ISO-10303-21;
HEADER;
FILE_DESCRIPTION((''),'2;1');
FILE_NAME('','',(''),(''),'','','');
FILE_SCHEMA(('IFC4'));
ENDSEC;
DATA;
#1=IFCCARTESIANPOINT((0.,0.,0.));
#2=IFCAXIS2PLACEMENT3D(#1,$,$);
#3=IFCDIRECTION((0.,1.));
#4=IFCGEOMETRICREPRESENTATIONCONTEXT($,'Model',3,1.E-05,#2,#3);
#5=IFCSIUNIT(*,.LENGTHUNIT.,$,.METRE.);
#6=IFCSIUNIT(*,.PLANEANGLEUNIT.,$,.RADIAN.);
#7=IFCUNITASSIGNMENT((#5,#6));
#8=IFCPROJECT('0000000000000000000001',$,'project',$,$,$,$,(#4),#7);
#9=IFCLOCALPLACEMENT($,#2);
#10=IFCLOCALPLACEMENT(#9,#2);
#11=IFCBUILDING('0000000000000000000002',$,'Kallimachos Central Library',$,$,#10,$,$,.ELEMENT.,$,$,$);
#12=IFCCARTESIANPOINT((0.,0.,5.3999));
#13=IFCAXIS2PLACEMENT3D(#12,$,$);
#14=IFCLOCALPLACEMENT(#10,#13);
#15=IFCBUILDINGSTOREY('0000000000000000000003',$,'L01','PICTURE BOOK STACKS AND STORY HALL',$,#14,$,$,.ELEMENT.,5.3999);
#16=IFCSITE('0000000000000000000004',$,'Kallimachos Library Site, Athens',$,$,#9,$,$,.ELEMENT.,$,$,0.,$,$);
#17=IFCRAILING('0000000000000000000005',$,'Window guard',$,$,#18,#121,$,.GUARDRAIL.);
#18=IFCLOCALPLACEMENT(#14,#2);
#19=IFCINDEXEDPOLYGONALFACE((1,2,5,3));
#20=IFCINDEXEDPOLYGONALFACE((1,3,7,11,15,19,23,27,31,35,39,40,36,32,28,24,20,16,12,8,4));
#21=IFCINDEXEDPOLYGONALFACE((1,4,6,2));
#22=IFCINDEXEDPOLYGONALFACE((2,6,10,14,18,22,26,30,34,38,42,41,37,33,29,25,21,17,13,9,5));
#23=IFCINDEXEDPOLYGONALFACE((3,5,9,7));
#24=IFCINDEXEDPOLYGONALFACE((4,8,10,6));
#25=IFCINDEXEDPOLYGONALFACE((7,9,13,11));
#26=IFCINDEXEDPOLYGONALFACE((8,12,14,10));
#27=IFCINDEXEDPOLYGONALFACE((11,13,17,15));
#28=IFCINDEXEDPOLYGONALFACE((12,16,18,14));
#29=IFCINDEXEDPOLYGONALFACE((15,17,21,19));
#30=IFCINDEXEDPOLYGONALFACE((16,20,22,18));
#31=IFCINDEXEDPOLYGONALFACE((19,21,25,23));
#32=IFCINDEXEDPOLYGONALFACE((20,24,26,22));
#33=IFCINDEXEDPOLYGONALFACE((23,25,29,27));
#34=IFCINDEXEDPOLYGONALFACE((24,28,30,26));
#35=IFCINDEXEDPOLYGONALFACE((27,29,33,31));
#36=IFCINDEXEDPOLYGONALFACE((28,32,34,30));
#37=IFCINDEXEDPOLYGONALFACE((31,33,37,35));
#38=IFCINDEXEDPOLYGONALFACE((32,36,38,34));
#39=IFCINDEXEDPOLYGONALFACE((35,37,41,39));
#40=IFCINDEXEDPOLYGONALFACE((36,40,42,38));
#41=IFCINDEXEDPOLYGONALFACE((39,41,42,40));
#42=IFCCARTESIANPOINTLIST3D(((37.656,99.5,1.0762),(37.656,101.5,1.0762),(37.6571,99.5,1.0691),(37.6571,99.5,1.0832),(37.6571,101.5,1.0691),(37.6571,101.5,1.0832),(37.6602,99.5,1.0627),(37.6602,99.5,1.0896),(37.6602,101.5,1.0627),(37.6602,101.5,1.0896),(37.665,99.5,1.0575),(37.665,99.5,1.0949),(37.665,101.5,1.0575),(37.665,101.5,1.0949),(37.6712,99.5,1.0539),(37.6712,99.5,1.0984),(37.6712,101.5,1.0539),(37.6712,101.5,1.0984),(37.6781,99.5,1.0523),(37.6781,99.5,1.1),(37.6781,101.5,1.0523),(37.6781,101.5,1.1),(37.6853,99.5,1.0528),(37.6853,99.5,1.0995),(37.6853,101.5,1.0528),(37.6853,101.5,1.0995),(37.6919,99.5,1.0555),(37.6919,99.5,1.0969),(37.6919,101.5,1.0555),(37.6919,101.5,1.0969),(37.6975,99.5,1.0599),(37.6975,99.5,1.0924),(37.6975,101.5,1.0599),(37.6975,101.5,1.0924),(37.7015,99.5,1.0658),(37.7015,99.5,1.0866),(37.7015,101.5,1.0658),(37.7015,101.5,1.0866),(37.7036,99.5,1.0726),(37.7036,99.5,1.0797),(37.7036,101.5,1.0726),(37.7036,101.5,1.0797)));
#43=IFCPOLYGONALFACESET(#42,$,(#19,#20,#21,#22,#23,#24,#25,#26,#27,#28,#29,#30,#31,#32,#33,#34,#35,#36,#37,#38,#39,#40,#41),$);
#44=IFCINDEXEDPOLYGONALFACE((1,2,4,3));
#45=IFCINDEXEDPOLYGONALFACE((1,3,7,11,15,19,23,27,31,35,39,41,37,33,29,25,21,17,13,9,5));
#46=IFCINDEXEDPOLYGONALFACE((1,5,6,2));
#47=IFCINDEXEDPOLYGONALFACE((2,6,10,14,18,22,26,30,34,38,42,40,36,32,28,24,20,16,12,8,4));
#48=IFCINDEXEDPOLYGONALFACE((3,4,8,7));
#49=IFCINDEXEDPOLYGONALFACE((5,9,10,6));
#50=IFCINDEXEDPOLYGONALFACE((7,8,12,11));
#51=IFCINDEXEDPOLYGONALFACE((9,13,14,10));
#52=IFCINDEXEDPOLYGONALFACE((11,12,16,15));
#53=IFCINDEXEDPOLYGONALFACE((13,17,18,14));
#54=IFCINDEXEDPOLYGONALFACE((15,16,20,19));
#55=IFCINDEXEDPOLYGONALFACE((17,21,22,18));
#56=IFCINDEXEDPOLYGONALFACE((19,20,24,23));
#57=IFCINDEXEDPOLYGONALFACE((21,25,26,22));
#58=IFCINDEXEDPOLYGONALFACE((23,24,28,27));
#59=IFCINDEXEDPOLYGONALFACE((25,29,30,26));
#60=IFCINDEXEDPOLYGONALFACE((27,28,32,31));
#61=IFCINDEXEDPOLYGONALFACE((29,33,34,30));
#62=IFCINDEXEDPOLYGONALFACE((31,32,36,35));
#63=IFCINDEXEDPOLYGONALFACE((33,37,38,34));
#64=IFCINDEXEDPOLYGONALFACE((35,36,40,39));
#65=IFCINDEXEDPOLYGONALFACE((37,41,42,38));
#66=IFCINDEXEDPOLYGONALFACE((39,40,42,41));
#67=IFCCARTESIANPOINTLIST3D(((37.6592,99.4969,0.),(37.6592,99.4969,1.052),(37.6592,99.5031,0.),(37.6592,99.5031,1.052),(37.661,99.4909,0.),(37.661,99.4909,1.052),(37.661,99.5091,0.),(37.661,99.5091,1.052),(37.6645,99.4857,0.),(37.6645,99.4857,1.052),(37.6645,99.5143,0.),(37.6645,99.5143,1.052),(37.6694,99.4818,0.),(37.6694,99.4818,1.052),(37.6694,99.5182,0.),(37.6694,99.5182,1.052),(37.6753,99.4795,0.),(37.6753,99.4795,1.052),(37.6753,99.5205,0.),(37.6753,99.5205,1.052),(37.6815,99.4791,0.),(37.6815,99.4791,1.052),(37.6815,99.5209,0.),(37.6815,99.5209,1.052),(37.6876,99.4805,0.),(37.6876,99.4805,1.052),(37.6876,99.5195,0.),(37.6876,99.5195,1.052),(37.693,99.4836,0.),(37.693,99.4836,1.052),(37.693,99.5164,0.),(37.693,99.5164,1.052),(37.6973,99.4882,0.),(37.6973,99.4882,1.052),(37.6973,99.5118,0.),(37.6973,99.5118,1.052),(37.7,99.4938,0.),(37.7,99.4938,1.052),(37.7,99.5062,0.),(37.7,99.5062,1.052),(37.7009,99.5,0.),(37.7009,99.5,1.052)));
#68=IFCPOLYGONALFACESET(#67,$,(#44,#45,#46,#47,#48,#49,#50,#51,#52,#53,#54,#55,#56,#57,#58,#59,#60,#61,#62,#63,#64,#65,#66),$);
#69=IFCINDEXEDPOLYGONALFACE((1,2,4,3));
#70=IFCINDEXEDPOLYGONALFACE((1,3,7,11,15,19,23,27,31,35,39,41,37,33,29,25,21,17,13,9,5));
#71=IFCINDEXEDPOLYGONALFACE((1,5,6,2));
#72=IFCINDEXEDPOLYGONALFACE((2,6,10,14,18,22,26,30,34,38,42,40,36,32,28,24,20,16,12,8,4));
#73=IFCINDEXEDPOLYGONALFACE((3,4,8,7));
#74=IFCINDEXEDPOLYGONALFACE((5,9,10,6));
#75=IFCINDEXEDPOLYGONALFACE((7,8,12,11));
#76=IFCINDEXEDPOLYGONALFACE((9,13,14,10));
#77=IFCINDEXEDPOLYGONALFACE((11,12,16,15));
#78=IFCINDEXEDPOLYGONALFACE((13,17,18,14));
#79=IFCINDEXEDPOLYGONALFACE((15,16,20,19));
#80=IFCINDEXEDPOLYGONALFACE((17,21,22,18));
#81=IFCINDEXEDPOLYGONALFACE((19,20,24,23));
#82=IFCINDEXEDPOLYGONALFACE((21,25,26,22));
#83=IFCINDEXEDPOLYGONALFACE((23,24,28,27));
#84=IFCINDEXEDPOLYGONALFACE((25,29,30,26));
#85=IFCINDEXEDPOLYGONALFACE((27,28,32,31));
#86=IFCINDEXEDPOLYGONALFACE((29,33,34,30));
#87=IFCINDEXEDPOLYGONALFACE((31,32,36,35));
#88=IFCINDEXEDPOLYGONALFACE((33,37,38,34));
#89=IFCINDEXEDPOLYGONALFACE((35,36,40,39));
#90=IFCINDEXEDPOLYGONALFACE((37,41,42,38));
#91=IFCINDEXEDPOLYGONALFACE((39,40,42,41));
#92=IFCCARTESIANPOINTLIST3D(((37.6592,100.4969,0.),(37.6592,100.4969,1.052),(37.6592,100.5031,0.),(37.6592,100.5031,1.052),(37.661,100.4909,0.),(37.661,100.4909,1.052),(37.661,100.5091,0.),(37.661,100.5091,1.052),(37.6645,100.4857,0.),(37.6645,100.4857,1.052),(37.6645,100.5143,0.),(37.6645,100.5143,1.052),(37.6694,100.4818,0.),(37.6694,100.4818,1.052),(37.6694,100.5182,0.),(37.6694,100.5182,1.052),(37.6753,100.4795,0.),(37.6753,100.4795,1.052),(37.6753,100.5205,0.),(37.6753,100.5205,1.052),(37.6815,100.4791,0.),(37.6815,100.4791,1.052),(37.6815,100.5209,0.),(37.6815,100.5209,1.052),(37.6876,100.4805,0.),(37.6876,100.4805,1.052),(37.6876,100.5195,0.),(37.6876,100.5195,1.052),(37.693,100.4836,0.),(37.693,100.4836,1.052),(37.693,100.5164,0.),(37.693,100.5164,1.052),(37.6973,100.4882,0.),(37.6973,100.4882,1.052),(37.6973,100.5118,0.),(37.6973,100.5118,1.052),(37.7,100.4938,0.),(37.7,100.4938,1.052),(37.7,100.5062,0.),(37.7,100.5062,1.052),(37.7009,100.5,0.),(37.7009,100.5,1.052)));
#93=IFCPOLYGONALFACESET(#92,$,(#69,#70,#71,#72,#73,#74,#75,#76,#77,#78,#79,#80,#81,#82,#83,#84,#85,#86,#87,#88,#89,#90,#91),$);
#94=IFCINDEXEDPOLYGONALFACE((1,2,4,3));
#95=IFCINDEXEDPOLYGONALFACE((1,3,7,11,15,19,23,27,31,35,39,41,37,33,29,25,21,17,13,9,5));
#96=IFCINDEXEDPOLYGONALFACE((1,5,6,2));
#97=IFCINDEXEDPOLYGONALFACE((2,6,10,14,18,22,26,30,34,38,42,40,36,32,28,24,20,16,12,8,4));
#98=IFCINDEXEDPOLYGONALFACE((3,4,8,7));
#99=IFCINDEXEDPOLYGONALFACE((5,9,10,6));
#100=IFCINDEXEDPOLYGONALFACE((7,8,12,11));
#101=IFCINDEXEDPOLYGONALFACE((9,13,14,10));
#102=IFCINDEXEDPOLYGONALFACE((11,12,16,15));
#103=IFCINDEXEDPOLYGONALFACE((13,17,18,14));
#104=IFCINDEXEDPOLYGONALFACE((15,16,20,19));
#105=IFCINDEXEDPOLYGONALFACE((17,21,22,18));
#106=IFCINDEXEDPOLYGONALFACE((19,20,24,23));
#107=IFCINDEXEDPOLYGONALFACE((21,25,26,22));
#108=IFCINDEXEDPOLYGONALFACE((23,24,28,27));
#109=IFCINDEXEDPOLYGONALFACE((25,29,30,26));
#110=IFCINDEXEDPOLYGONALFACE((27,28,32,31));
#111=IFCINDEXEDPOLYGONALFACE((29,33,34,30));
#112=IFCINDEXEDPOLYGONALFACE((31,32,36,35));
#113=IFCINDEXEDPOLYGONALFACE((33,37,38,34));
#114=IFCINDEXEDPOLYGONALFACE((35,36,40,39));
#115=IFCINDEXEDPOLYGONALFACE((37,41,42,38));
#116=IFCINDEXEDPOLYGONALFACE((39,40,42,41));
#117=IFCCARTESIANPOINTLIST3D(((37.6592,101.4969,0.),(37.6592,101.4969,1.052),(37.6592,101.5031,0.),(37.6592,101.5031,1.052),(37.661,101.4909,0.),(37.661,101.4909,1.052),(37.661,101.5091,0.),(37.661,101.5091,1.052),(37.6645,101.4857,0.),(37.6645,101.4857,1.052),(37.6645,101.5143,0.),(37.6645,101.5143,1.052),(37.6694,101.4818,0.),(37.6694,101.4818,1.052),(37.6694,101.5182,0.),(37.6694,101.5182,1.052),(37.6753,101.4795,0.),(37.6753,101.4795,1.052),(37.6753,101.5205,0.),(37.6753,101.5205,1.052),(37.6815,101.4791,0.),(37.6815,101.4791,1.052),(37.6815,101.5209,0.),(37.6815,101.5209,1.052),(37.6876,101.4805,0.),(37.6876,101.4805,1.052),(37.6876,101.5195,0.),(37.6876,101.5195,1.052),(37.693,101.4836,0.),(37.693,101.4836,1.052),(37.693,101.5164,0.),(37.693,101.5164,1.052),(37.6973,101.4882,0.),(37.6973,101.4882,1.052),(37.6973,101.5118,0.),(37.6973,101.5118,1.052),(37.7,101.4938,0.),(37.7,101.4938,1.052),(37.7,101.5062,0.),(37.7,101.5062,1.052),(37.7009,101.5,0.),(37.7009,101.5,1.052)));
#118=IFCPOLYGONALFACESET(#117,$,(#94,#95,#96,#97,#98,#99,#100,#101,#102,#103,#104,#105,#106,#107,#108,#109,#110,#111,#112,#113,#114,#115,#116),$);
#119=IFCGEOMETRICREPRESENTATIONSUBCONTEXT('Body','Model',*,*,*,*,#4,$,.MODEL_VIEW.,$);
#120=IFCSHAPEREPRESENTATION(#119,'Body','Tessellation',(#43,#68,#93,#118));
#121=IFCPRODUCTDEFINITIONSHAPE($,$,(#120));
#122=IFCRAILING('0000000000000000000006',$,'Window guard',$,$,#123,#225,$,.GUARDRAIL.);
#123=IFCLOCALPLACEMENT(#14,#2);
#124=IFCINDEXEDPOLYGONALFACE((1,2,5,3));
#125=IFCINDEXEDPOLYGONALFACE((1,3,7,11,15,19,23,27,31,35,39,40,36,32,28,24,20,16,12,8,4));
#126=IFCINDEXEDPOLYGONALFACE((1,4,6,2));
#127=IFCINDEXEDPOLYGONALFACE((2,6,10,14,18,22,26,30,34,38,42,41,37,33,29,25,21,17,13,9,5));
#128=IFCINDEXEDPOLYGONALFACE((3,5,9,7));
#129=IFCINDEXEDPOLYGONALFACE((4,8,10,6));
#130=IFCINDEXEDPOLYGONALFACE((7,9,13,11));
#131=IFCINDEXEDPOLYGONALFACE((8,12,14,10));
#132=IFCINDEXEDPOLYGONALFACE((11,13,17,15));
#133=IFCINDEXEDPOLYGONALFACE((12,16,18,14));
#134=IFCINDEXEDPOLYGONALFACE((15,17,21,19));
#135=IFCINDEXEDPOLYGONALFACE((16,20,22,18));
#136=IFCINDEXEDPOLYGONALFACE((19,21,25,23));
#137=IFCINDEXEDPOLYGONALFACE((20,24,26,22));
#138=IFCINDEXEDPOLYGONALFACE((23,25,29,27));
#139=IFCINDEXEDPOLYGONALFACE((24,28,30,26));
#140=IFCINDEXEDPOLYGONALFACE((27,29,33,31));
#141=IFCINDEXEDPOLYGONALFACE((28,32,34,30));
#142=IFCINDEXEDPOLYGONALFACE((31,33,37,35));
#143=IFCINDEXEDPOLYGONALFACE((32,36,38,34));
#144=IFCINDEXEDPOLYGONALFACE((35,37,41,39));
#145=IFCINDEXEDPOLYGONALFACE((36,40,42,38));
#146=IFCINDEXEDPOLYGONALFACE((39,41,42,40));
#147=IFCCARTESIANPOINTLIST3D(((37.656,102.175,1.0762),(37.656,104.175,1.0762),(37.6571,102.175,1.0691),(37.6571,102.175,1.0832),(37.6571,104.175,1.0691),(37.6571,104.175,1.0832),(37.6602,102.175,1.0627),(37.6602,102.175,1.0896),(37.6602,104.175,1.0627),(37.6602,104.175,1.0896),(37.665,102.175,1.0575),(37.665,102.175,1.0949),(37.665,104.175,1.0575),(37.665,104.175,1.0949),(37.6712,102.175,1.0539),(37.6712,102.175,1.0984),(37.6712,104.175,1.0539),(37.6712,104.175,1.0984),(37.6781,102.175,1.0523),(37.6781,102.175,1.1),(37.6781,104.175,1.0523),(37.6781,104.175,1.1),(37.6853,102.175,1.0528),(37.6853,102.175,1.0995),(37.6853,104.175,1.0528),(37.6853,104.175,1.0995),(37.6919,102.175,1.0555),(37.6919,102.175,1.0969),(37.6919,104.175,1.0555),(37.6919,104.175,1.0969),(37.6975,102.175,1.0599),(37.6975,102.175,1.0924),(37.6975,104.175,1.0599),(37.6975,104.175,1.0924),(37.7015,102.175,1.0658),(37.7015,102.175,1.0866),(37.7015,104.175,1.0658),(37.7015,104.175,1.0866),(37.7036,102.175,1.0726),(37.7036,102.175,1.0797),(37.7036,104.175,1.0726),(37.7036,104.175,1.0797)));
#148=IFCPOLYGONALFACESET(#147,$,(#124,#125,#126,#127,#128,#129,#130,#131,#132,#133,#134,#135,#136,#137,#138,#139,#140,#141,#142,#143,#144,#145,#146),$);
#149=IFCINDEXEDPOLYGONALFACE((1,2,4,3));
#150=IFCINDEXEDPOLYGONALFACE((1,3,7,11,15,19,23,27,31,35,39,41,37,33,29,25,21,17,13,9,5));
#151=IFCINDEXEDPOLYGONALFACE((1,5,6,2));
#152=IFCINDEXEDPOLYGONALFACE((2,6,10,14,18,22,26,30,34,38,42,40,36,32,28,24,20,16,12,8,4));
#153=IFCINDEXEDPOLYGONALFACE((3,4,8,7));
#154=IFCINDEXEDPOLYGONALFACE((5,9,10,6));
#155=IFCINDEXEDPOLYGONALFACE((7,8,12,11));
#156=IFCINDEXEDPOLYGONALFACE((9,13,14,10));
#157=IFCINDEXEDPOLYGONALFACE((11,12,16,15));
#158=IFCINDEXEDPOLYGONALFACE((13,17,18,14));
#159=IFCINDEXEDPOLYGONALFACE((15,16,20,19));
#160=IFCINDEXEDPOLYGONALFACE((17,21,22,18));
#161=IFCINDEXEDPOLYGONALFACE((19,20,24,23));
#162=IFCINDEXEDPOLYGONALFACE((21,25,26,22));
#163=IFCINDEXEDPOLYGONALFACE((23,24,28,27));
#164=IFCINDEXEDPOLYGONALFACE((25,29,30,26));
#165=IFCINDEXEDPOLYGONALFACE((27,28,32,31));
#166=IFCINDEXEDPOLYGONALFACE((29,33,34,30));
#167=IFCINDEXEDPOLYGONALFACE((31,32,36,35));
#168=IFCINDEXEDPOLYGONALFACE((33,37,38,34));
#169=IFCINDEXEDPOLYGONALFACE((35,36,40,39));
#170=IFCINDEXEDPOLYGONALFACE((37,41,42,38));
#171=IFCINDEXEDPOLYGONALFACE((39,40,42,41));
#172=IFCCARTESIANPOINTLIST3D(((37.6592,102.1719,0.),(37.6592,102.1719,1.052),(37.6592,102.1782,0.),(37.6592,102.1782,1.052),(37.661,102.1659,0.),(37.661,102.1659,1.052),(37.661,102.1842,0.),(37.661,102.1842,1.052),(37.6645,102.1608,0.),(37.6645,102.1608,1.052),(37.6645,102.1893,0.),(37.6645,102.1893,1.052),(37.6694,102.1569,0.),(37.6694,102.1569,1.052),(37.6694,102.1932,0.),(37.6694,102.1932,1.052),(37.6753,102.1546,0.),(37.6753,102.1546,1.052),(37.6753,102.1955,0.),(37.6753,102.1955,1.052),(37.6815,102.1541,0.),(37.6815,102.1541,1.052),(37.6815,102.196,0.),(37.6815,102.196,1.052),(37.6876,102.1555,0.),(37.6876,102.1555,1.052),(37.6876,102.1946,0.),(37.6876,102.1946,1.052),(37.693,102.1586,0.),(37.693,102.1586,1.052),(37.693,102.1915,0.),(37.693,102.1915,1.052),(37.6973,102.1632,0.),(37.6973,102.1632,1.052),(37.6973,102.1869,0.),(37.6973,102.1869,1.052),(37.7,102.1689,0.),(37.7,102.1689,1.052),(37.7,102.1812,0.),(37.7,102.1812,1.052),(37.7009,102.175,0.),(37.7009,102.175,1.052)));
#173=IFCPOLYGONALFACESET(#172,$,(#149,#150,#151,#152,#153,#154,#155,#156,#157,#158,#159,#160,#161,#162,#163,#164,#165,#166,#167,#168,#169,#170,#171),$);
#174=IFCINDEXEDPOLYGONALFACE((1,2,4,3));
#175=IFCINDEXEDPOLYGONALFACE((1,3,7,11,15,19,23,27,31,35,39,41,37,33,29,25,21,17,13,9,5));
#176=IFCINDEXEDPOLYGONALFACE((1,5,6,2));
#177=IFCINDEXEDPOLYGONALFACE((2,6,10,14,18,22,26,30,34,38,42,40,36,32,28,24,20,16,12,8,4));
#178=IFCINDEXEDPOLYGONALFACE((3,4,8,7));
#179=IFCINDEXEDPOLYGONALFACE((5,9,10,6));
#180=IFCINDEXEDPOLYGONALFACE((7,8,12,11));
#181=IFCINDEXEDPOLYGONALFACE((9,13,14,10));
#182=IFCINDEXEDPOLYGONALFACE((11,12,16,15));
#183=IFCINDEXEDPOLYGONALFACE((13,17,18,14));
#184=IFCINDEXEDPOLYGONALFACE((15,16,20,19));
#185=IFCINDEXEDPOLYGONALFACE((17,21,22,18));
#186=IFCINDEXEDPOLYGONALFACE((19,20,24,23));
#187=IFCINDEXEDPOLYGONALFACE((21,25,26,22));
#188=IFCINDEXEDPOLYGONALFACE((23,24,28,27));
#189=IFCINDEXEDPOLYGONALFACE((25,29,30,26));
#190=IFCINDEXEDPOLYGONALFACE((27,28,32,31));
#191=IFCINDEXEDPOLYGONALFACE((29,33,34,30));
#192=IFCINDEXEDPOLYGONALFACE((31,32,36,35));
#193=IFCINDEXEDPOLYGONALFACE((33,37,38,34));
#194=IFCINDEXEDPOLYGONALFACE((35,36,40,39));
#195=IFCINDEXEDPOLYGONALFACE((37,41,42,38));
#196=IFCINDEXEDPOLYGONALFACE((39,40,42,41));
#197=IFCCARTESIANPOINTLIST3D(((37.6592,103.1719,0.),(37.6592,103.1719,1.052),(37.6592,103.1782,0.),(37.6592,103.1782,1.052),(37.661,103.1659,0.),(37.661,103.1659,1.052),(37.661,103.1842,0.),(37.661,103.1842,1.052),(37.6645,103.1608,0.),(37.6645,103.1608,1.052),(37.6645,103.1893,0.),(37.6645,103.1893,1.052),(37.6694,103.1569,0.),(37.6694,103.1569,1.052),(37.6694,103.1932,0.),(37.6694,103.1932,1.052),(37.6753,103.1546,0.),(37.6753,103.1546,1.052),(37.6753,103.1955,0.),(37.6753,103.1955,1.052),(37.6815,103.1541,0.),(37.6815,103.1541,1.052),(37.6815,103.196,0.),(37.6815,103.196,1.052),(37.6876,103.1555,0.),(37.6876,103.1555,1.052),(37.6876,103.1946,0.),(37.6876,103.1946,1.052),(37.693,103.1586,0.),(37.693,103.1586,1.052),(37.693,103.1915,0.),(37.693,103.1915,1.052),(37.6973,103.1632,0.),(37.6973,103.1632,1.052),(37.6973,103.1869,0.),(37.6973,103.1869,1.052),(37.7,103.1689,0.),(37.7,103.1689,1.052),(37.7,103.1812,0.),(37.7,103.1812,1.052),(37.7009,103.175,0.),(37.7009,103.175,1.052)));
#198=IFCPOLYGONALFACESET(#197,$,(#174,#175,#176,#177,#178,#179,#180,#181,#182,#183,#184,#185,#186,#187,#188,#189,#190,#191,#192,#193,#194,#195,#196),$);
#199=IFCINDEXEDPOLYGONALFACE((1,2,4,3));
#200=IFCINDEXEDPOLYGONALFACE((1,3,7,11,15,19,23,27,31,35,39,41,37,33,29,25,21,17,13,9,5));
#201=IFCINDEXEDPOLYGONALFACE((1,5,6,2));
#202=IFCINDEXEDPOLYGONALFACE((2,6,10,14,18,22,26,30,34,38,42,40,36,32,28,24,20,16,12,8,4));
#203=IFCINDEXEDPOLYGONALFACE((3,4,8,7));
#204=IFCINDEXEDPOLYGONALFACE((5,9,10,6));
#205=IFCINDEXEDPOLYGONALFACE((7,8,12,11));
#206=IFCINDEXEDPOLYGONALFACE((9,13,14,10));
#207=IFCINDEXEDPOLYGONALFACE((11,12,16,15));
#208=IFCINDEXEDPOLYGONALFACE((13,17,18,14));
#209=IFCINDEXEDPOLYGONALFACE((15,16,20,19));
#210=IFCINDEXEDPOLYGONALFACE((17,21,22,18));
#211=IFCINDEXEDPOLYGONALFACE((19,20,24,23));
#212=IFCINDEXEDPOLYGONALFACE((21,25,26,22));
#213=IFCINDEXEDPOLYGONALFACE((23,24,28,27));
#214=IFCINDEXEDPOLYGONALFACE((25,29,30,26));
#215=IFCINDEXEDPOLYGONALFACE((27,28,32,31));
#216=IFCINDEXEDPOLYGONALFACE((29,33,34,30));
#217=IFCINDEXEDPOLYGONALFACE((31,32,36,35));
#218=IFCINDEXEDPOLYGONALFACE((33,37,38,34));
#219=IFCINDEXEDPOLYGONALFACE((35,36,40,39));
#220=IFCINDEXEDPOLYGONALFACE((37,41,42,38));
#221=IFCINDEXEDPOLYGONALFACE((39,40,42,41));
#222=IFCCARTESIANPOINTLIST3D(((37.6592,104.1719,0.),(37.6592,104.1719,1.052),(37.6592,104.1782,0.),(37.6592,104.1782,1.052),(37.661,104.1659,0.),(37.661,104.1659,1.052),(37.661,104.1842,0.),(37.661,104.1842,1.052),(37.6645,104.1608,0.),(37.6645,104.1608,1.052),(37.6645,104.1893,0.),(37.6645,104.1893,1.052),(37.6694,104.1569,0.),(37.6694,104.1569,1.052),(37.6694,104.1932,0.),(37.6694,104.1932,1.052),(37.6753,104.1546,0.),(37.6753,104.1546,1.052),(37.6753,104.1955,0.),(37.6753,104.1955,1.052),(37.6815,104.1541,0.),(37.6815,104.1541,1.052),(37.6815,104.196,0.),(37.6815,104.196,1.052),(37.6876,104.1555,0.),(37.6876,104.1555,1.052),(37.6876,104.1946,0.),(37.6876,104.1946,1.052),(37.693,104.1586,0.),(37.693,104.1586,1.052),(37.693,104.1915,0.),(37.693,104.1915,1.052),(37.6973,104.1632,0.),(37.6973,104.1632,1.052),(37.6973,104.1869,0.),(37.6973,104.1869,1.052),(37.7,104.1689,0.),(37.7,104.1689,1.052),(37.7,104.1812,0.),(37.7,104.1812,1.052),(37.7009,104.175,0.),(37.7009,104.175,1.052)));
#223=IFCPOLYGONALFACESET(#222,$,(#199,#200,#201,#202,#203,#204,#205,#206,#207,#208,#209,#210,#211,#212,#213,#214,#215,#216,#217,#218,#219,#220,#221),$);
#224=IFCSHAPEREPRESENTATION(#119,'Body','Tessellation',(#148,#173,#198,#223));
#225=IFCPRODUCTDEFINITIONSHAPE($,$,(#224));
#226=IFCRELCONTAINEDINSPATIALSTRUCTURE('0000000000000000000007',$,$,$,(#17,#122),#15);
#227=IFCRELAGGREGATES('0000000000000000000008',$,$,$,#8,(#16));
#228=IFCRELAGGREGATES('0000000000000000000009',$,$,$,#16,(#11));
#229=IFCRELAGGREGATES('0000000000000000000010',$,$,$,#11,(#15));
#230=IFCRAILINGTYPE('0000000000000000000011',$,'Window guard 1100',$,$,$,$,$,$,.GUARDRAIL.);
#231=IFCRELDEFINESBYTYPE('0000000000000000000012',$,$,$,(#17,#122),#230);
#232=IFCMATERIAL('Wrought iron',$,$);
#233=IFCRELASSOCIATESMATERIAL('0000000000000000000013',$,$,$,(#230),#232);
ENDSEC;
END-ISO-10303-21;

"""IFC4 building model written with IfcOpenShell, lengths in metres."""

from ifc_helpers import new_model, si_unit, direction, frame, origin, origin_2d, place, context, subcontext, project, spatial, circle, extrude, material, type_object, element, save


model = new_model("IFC4")

# Units and contexts
model_context = context("Model", 3, precision=1e-05, world=origin(), true_north=direction((0.0, 1.0)))
body_context = subcontext(model_context, "Body", "Model", "MODEL_VIEW")
ifc_project = project(units=[si_unit("LENGTHUNIT", "METRE"), si_unit("PLANEANGLEUNIT", "RADIAN")], contexts=[model_context])

# Site, building, storey
site_placement = place(None, origin())
site = spatial("IfcSite", under=ifc_project, at=site_placement, Name="Kallimachos Library Site, Athens", CompositionType="ELEMENT", RefElevation=0.0)
building_placement = place(site_placement, origin())
building = spatial("IfcBuilding", under=site, at=building_placement, Name="Kallimachos Central Library", CompositionType="ELEMENT")
storey_placement = place(building_placement, frame((0.0, 0.0, 5.3999)))
storey = spatial("IfcBuildingStorey", under=building, at=storey_placement, Name="L01", Description="PICTURE BOOK STACKS AND STORY HALL", CompositionType="ELEMENT", Elevation=5.3999)

# Railings
ifc_material_1 = material(Name="Wrought iron")
railing_type = type_object("IfcRailingType", Name="Window guard 1100", PredefinedType="GUARDRAIL", material=ifc_material_1)
for number, where, name in (
    (1, (37.6799, 99.5, 0.0), "Window guard"),
    (2, (37.6799, 102.175, 0.0), "Window guard"),
):
    element("IfcRailing", number, at=place(storey_placement, frame(where)), inside=storey, type_object=railing_type, Name=name, PredefinedType="GUARDRAIL", context=body_context, shape_type="SweptSolid", body=[
        extrude(circle(Radius=0.0239, at=origin_2d()), frame((0.0, 0.0, 1.0762), z_axis=(0.0, 1.0, 0.0), x_axis=(-1.0, 0.0, 0.0)), (0.0, 0.0, 1.0), 2.0),
        extrude(circle(Radius=0.021, at=origin_2d()), origin(), (0.0, 0.0, 1.0), 1.052),
        extrude(circle(Radius=0.021, at=origin_2d()), frame((0.0, 1.0, 0.0)), (0.0, 0.0, 1.0), 1.052),
        extrude(circle(Radius=0.021, at=origin_2d()), frame((0.0, 2.0, 0.0)), (0.0, 0.0, 1.0), 1.052),
    ])

save(model, "model.ifc")
